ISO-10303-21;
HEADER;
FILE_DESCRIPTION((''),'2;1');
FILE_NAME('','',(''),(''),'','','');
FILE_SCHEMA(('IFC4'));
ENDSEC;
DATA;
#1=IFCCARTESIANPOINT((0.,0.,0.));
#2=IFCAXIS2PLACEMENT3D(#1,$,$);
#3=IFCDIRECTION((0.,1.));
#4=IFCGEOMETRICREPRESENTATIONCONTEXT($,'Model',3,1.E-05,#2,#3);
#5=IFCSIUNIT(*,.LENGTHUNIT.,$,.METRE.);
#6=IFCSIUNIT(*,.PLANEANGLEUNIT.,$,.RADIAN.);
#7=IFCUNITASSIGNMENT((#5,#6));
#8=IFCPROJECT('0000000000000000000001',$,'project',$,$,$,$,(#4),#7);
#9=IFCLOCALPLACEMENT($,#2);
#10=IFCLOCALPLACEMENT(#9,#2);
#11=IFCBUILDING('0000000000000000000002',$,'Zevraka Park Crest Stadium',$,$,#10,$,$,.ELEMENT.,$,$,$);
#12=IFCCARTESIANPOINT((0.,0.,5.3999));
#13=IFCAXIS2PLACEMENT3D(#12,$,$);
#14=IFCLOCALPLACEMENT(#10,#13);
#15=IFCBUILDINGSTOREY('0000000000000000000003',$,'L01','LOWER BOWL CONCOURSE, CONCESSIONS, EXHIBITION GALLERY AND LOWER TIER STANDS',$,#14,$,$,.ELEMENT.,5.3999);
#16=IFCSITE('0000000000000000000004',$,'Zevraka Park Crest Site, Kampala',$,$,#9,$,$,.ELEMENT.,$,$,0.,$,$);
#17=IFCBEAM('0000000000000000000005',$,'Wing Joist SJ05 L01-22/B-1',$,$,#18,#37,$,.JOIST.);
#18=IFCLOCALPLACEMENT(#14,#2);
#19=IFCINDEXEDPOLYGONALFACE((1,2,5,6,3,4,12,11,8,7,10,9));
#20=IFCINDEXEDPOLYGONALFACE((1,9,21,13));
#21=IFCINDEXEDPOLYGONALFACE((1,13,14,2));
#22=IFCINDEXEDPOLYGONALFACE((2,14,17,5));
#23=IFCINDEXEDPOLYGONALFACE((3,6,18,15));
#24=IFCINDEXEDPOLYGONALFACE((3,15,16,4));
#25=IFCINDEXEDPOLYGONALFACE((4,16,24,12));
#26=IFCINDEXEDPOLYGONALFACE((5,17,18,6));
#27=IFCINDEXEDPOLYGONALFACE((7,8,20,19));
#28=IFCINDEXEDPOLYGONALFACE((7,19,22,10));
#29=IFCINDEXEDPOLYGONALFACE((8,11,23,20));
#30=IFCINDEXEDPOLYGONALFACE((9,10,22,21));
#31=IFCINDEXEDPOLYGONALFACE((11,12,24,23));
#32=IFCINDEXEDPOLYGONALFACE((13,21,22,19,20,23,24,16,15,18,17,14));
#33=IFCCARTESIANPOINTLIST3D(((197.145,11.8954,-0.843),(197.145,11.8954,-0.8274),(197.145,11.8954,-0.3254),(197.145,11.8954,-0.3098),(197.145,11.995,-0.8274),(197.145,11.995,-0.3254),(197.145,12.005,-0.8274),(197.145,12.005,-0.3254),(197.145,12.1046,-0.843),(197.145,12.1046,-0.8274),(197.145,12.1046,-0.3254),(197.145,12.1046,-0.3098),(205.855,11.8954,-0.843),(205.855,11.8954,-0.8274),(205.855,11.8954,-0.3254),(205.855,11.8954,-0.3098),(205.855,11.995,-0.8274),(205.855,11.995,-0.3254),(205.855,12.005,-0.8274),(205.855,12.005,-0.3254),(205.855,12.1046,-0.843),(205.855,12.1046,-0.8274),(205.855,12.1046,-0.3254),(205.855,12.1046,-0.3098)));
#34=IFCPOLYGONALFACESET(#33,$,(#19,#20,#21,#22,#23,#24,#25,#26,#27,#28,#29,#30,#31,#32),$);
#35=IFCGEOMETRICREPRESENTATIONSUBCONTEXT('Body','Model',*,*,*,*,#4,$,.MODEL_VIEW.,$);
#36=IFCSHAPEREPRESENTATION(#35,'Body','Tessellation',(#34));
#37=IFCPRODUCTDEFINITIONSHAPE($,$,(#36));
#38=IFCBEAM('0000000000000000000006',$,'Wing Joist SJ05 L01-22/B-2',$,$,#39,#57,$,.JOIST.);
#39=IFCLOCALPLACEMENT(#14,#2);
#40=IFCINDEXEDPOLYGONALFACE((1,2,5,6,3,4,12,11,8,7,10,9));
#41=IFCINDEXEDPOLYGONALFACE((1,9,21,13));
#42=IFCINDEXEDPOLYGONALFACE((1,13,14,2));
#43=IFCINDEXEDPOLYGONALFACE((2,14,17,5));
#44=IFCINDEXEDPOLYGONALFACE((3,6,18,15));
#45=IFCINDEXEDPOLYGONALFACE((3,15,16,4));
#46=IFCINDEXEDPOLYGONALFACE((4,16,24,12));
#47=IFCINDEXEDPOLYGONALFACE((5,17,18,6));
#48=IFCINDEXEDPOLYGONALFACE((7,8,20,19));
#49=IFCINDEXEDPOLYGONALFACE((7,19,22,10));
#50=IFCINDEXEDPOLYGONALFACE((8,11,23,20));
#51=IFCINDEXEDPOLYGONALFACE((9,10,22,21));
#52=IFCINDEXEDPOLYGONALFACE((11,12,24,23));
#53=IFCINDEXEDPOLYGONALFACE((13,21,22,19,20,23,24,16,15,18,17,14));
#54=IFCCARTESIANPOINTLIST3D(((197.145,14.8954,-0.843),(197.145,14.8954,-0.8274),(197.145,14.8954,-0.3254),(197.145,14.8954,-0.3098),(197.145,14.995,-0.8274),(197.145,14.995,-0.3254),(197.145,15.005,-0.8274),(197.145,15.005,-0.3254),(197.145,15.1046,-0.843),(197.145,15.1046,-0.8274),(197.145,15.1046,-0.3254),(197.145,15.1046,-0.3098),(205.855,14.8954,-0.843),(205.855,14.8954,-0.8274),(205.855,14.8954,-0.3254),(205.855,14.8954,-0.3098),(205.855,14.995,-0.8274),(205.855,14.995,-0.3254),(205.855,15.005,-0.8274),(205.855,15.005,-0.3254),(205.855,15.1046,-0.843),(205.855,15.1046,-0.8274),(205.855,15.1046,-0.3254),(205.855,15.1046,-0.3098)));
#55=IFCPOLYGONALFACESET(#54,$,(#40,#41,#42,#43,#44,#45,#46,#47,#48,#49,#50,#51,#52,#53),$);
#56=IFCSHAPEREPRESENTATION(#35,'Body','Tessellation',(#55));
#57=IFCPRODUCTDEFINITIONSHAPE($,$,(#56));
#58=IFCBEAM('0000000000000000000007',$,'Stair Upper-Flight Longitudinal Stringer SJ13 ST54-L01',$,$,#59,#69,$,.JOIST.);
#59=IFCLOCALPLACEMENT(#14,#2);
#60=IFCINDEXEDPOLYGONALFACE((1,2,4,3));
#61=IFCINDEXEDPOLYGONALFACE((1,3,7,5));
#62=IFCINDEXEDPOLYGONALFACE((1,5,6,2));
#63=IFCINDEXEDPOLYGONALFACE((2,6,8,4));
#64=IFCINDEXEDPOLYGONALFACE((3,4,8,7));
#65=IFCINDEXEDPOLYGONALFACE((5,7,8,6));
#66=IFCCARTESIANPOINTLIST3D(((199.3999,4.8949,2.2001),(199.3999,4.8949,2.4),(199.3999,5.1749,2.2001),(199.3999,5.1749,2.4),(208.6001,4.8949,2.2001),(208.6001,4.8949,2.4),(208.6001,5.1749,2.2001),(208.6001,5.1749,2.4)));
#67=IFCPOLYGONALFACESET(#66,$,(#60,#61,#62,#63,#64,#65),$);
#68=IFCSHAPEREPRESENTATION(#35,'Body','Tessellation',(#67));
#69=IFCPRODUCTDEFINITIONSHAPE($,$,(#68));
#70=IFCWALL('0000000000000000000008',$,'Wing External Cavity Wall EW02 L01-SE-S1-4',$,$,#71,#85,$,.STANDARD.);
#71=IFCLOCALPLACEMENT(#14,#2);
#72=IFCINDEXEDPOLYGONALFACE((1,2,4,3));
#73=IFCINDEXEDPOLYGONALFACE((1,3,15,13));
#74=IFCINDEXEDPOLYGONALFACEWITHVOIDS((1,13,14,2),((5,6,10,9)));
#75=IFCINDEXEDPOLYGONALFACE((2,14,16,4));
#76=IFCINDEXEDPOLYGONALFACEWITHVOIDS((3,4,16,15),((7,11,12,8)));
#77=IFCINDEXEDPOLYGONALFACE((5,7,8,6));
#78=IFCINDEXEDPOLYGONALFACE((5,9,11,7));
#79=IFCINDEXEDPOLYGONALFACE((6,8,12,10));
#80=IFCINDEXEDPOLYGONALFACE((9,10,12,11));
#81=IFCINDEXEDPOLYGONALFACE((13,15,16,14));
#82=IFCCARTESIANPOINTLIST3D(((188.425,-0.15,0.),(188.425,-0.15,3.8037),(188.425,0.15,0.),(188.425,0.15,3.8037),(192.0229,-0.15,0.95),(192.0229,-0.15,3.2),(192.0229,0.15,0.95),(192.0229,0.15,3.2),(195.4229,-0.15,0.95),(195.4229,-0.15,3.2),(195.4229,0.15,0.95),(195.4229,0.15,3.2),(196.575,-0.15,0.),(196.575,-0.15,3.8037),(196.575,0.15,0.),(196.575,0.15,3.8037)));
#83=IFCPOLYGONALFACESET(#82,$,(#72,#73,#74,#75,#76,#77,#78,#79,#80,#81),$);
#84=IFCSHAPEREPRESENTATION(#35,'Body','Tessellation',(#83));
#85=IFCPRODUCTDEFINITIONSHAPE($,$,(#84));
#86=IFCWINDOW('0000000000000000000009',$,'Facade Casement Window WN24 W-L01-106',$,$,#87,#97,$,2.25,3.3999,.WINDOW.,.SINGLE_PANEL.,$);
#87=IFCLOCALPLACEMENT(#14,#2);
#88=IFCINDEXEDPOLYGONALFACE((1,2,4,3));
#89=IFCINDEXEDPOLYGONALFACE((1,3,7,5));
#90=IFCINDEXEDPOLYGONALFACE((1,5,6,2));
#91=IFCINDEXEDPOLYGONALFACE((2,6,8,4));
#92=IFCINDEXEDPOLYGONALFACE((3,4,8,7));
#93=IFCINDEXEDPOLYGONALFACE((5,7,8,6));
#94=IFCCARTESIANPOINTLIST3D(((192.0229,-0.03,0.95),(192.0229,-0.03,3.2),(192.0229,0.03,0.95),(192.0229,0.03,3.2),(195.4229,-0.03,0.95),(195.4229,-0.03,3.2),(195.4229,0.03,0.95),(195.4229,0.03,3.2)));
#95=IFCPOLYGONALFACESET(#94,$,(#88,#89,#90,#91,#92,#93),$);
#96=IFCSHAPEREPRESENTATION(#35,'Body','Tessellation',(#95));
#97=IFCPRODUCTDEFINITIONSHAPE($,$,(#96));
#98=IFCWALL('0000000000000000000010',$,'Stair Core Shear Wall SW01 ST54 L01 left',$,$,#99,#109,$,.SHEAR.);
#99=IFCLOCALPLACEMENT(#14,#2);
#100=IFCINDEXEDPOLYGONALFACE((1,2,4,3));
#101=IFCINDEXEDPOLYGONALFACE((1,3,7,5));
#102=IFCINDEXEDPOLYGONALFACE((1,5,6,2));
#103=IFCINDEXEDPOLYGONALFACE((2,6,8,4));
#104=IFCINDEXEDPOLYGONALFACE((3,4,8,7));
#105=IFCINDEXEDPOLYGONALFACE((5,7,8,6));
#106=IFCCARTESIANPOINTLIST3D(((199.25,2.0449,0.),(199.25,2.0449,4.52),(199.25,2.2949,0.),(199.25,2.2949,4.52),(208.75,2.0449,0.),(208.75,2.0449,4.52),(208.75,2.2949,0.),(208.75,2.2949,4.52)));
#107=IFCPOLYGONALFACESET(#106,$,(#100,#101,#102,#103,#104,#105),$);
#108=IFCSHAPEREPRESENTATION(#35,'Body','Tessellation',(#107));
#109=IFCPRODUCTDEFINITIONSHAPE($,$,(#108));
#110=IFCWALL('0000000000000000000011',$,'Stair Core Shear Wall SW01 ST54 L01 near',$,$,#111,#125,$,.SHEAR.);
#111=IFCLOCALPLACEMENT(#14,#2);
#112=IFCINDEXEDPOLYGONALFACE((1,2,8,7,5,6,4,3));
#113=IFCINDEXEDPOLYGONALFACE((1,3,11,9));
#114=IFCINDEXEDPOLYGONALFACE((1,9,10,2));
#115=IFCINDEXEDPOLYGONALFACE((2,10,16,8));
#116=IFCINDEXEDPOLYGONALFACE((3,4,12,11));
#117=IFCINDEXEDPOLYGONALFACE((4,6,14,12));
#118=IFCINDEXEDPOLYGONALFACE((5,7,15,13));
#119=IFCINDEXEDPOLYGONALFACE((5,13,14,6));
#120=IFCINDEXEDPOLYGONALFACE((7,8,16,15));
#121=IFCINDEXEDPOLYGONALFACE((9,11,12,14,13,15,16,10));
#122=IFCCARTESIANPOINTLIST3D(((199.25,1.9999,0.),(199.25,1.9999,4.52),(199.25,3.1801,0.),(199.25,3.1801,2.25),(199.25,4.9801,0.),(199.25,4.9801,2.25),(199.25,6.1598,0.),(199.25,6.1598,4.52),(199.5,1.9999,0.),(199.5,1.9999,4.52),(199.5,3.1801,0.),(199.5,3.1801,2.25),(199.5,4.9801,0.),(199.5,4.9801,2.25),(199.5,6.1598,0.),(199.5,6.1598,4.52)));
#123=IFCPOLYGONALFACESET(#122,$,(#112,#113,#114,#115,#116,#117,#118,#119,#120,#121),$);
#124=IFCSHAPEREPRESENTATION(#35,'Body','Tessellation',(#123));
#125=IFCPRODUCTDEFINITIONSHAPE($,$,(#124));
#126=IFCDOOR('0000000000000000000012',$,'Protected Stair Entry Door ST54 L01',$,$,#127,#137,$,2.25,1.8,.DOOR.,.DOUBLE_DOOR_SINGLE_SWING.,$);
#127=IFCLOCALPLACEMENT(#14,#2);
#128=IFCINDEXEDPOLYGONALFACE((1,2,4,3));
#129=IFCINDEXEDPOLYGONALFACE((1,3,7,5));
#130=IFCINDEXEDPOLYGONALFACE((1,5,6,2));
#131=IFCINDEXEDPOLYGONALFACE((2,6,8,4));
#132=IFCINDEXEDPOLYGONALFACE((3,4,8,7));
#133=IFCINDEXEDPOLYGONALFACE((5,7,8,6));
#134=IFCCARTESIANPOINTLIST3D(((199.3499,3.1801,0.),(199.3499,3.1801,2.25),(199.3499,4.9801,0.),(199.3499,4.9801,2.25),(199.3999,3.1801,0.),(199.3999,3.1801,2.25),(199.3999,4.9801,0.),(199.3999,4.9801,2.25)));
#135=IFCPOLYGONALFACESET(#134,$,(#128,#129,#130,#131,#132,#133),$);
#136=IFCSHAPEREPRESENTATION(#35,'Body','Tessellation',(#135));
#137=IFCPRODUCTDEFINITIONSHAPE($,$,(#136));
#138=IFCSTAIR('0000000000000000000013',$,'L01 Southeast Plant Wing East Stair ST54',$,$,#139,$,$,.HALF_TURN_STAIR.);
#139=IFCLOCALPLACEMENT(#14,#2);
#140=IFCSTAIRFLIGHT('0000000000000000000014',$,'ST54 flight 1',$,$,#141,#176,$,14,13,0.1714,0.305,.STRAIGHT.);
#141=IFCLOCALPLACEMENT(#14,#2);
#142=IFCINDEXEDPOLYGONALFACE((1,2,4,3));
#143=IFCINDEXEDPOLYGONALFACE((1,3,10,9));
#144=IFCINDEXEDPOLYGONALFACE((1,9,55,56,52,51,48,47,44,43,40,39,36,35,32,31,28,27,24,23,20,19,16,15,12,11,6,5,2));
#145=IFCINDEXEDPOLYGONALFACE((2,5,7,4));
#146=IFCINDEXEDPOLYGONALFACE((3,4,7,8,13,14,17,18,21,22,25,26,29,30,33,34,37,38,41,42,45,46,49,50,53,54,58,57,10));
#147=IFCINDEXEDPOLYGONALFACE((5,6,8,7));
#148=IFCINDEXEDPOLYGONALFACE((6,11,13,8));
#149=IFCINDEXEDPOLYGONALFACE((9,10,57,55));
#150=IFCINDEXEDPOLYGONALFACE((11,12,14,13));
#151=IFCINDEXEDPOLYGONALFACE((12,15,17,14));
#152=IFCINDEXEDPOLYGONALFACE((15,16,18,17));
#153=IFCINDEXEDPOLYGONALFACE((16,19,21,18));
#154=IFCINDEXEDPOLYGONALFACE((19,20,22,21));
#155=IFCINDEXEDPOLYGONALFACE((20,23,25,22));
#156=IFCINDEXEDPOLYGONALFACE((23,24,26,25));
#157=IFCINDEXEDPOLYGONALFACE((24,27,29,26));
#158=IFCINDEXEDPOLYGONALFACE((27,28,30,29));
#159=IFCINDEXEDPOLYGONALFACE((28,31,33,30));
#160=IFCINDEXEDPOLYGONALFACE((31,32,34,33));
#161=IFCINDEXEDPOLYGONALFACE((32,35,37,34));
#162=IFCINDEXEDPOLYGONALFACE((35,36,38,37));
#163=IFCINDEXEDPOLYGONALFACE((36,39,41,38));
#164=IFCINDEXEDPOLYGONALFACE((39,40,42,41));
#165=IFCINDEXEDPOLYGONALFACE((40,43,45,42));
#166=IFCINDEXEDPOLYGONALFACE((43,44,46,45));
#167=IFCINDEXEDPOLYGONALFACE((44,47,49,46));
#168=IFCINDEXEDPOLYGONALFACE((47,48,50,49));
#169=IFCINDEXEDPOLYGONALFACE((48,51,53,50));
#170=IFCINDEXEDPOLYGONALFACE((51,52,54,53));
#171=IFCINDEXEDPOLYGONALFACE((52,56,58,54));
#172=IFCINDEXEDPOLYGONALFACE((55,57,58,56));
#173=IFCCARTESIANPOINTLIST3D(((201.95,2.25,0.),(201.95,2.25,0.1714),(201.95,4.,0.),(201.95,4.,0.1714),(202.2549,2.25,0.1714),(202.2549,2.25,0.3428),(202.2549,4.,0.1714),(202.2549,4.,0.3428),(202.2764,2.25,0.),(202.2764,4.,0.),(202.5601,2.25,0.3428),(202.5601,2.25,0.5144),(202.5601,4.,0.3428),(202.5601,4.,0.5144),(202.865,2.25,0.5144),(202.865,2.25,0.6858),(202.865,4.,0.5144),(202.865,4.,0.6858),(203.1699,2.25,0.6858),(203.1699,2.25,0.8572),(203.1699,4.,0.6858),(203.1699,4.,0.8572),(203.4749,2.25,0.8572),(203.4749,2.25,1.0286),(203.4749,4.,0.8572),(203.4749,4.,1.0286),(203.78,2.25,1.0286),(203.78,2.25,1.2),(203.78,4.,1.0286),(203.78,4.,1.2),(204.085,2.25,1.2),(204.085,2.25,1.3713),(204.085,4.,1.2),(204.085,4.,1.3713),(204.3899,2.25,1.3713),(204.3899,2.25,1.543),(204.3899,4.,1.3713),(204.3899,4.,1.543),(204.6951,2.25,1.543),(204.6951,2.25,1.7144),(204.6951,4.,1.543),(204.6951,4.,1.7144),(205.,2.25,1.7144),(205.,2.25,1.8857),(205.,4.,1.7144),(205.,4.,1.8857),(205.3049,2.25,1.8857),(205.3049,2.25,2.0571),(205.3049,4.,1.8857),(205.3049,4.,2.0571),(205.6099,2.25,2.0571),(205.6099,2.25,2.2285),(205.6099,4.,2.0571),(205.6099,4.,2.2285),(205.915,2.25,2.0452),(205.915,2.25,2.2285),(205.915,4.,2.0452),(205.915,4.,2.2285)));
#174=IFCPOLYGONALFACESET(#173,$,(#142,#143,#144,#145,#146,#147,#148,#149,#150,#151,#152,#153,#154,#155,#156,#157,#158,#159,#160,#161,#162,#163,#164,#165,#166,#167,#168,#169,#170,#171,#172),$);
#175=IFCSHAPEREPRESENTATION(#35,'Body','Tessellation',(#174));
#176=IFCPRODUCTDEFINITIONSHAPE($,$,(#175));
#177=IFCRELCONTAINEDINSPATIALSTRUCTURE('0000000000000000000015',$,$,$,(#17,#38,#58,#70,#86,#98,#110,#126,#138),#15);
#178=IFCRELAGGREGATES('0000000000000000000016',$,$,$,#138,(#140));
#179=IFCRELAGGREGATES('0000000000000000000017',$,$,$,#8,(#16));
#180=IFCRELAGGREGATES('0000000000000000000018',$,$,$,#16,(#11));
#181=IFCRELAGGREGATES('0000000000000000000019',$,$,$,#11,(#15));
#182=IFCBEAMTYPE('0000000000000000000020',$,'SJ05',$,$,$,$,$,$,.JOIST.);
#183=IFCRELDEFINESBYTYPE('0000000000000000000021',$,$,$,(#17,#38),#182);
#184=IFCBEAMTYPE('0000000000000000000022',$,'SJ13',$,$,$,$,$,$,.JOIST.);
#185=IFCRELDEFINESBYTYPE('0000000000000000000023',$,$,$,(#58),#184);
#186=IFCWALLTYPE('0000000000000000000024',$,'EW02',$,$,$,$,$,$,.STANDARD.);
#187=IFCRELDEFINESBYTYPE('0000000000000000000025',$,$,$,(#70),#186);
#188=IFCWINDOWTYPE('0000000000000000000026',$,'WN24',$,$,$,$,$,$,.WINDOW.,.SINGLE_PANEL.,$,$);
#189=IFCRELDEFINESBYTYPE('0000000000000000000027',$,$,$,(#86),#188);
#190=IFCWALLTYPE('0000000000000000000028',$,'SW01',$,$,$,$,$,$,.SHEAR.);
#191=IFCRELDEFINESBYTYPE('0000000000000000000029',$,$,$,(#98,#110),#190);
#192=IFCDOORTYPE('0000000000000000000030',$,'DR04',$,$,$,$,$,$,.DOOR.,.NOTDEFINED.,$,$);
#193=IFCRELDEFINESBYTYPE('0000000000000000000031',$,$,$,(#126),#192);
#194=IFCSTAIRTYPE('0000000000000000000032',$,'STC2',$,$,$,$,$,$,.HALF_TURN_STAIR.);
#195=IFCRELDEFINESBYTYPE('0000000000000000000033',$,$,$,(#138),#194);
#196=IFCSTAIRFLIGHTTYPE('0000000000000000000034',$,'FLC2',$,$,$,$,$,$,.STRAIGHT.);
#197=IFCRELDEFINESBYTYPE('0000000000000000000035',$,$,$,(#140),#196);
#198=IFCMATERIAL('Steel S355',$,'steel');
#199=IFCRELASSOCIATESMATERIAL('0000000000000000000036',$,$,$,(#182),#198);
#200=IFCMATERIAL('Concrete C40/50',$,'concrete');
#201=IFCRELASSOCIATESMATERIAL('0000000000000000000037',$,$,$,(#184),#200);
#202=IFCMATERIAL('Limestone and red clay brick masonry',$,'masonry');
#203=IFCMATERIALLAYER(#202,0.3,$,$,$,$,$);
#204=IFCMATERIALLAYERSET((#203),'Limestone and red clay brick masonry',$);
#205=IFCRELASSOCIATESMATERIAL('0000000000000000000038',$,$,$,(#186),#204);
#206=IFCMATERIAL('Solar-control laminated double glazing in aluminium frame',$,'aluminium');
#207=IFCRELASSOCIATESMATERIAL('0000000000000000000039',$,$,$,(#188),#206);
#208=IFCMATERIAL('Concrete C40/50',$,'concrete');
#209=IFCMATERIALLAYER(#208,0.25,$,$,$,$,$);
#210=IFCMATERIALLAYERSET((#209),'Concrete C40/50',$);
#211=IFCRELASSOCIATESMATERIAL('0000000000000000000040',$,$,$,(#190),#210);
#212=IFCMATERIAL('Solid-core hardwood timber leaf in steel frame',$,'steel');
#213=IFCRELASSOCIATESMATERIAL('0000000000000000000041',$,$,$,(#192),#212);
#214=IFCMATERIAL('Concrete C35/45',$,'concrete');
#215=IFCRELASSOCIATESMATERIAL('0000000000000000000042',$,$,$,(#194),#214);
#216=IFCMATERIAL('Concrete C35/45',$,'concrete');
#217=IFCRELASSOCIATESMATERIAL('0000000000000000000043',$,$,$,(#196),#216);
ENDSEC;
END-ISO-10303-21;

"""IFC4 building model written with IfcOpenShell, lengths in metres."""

from ifc_helpers import new_model, si_unit, direction, frame, frame_2d, origin, origin_2d, place, context, subcontext, project, spatial, polyline, rectangle, i_section, outline, extrude, material, layer, layer_set, material_profile, profile_set, type_object, element, fill, aggregate, save


model = new_model("IFC4")

# Units and contexts
model_context = context("Model", 3, precision=1e-05, world=origin(), true_north=direction((0.0, 1.0)))
body_context = subcontext(model_context, "Body", "Model", "MODEL_VIEW")
ifc_project = project(units=[si_unit("LENGTHUNIT", "METRE"), si_unit("PLANEANGLEUNIT", "RADIAN")], contexts=[model_context])

# Site, building, storey
site_placement = place(None, origin())
site = spatial("IfcSite", under=ifc_project, at=site_placement, Name="Zevraka Park Crest Site, Kampala", CompositionType="ELEMENT", RefElevation=0.0)
building_placement = place(site_placement, origin())
building = spatial("IfcBuilding", under=site, at=building_placement, Name="Zevraka Park Crest Stadium", CompositionType="ELEMENT")
storey_placement = place(building_placement, frame((0.0, 0.0, 5.3999)))
storey = spatial("IfcBuildingStorey", under=building, at=storey_placement, Name="L01", Description="LOWER BOWL CONCOURSE, CONCESSIONS, EXHIBITION GALLERY AND LOWER TIER STANDS", CompositionType="ELEMENT", Elevation=5.3999)

# Beams
ifc_material_1 = material(Name="Steel S355", Category="steel")
ifc_material_profile_1 = material_profile(ifc_material_1, i_section(OverallWidth=0.2092, OverallDepth=0.5332, WebThickness=0.01, FlangeThickness=0.0156, at=origin_2d()), Name="UKB 533x210x92")
ifc_profile_set_1 = profile_set([ifc_material_profile_1], Name="Steel S355")
beam_type_1 = type_object("IfcBeamType", Name="SJ05", PredefinedType="JOIST", material=ifc_profile_set_1)
for number, where, z_axis, x_axis, name in (
    (1, (197.145, 12.0, -0.5764), (1.0, 0.0, 0.0), (0.0, 1.0, 0.0), "Wing Joist SJ05 L01-22/B-1"),
    (2, (197.145, 15.0, -0.5764), (1.0, 0.0, 0.0), (0.0, 1.0, 0.0), "Wing Joist SJ05 L01-22/B-2"),
):
    element("IfcBeam", number, at=place(storey_placement, frame(where, z_axis=z_axis, x_axis=x_axis)), inside=storey, type_object=beam_type_1, Name=name, PredefinedType="JOIST", context=body_context, shape_type="SweptSolid", body=[
        extrude(i_section(OverallWidth=0.2092, OverallDepth=0.5332, WebThickness=0.01, FlangeThickness=0.0156, at=origin_2d()), origin(), (0.0, 0.0, 1.0), 8.71),
    ])
ifc_material_2 = material(Name="Concrete C40/50", Category="concrete")
ifc_material_profile_2 = material_profile(ifc_material_2, rectangle(XDim=0.28, YDim=0.2, at=origin_2d()), Name="RC 200x280")
ifc_profile_set_2 = profile_set([ifc_material_profile_2], Name="Concrete C40/50")
beam_type_2 = type_object("IfcBeamType", Name="SJ13", PredefinedType="JOIST", material=ifc_profile_set_2)
beam_placement = place(storey_placement, frame((199.3999, 5.0349, 2.3), z_axis=(1.0, 0.0, 0.0), x_axis=(0.0, 1.0, 0.0)))
element("IfcBeam", 3, at=beam_placement, inside=storey, type_object=beam_type_2, Name="Stair Upper-Flight Longitudinal Stringer SJ13 ST54-L01", PredefinedType="JOIST", context=body_context, shape_type="SweptSolid", body=[
    extrude(rectangle(XDim=0.28, YDim=0.2, at=origin_2d()), origin(), (0.0, 0.0, 1.0), 9.2002),
])

# Wall, opening, window
ifc_material_3 = material(Name="Limestone and red clay brick masonry", Category="masonry")
ifc_layer_1 = layer(ifc_material_3, 0.3)
ifc_layer_set_1 = layer_set([ifc_layer_1], Name="Limestone and red clay brick masonry")
wall_type_1 = type_object("IfcWallType", Name="EW02", PredefinedType="STANDARD", material=ifc_layer_set_1)
wall_1_placement = place(storey_placement, frame((196.575, 0.0, 0.0), z_axis=(0.0, 0.0, 1.0), x_axis=(-1.0, 0.0, 0.0)))
wall_1 = element("IfcWall", 4, at=wall_1_placement, inside=storey, type_object=wall_type_1, Name="Wing External Cavity Wall EW02 L01-SE-S1-4", PredefinedType="STANDARD", context=body_context, shape_type="SweptSolid", body=[
    extrude(rectangle(XDim=8.1499, YDim=0.3, at=frame_2d((4.075, 0.0))), origin(), (0.0, 0.0, 1.0), 3.8037),
])
opening_1_placement = place(wall_1_placement, frame((1.1521, 0.0, 0.95)))
opening_1 = element("IfcOpeningElement", 5, at=opening_1_placement, cuts=wall_1, PredefinedType="OPENING", context=body_context, shape_type="SweptSolid", body=[
    extrude(rectangle(XDim=3.3999, YDim=2.25, at=frame_2d((1.7, 1.125))), frame((0.0, 0.1599, 0.0), z_axis=(0.0, -1.0, 0.0), x_axis=(1.0, 0.0, 0.0)), (0.0, 0.0, 1.0), 0.3201),
])
ifc_material_4 = material(Name="Solar-control laminated double glazing in aluminium frame", Category="aluminium")
window_type = type_object("IfcWindowType", Name="WN24", PartitioningType="SINGLE_PANEL", PredefinedType="WINDOW", material=ifc_material_4)
window_placement = place(opening_1_placement, origin())
window = element("IfcWindow", 6, at=window_placement, inside=storey, type_object=window_type, Name="Facade Casement Window WN24 W-L01-106", OverallHeight=2.25, OverallWidth=3.3999, PartitioningType="SINGLE_PANEL", PredefinedType="WINDOW", context=body_context, shape_type="SweptSolid", body=[
    extrude(rectangle(XDim=3.3999, YDim=2.25, at=frame_2d((1.7, 1.125))), frame((0.0, 0.03, 0.0), z_axis=(0.0, -1.0, 0.0), x_axis=(1.0, 0.0, 0.0)), (0.0, 0.0, 1.0), 0.0601),
])
fill(opening_1, window)

# Wall
ifc_material_5 = material(Name="Concrete C40/50", Category="concrete")
ifc_layer_2 = layer(ifc_material_5, 0.25)
ifc_layer_set_2 = layer_set([ifc_layer_2], Name="Concrete C40/50")
wall_type_2 = type_object("IfcWallType", Name="SW01", PredefinedType="SHEAR", material=ifc_layer_set_2)
wall_2_placement = place(storey_placement, frame((199.25, 2.1699, 0.0), z_axis=(0.0, 0.0, 1.0), x_axis=(1.0, 0.0, 0.0)))
element("IfcWall", 7, at=wall_2_placement, inside=storey, type_object=wall_type_2, Name="Stair Core Shear Wall SW01 ST54 L01 left", PredefinedType="SHEAR", context=body_context, shape_type="SweptSolid", body=[
    extrude(rectangle(XDim=9.5, YDim=0.25, at=frame_2d((4.75, 0.0))), origin(), (0.0, 0.0, 1.0), 4.52),
])

# Wall, opening, door
wall_3_placement = place(storey_placement, frame((199.375, 6.1599, 0.0), z_axis=(0.0, 0.0, 1.0), x_axis=(0.0, -1.0, 0.0)))
wall_3 = element("IfcWall", 8, at=wall_3_placement, inside=storey, type_object=wall_type_2, Name="Stair Core Shear Wall SW01 ST54 L01 near", PredefinedType="SHEAR", context=body_context, shape_type="SweptSolid", body=[
    extrude(rectangle(XDim=4.1599, YDim=0.25, at=frame_2d((2.0801, 0.0))), origin(), (0.0, 0.0, 1.0), 4.52),
])
opening_2_placement = place(wall_3_placement, frame((1.1799, 0.0, 0.0)))
opening_2 = element("IfcOpeningElement", 9, at=opening_2_placement, cuts=wall_3, PredefinedType="OPENING", context=body_context, shape_type="SweptSolid", body=[
    extrude(rectangle(XDim=1.8, YDim=2.25, at=frame_2d((0.8999, 1.125))), frame((0.0, 0.135, 0.0), z_axis=(0.0, -1.0, 0.0), x_axis=(1.0, 0.0, 0.0)), (0.0, 0.0, 1.0), 0.27),
])
ifc_material_6 = material(Name="Solid-core hardwood timber leaf in steel frame", Category="steel")
door_type = type_object("IfcDoorType", Name="DR04", OperationType="NOTDEFINED", PredefinedType="DOOR", material=ifc_material_6)
door_placement = place(opening_2_placement, origin())
door = element("IfcDoor", 10, at=door_placement, inside=storey, type_object=door_type, Name="Protected Stair Entry Door ST54 L01", OperationType="DOUBLE_DOOR_SINGLE_SWING", OverallHeight=2.25, OverallWidth=1.8, PredefinedType="DOOR", context=body_context, shape_type="SweptSolid", body=[
    extrude(rectangle(XDim=1.8, YDim=2.25, at=frame_2d((0.8999, 1.125))), frame((0.0, 0.0249, 0.0), z_axis=(0.0, -1.0, 0.0), x_axis=(1.0, 0.0, 0.0)), (0.0, 0.0, 1.0), 0.05),
])
fill(opening_2, door)

# Stair, stair flight
ifc_material_7 = material(Name="Concrete C35/45", Category="concrete")
stair_type = type_object("IfcStairType", Name="STC2", PredefinedType="HALF_TURN_STAIR", material=ifc_material_7)
stair_placement = place(storey_placement, origin())
stair = element("IfcStair", 11, at=stair_placement, inside=storey, type_object=stair_type, Name="L01 Southeast Plant Wing East Stair ST54", PredefinedType="HALF_TURN_STAIR")
ifc_material_8 = material(Name="Concrete C35/45", Category="concrete")
stair_flight_type = type_object("IfcStairFlightType", Name="FLC2", PredefinedType="STRAIGHT", material=ifc_material_8)
stair_flight_placement = place(storey_placement, frame((201.95, 3.125, 0.0), z_axis=(0.0, 0.0, 1.0), x_axis=(1.0, 0.0, 0.0)))
stair_flight = element("IfcStairFlight", 12, at=stair_flight_placement, type_object=stair_flight_type, Name="ST54 flight 1", NumberOfRisers=14, NumberOfTreads=13, PredefinedType="STRAIGHT", RiserHeight=0.1714, TreadLength=0.305, context=body_context, shape_type="SweptSolid", body=[
    extrude(outline(polyline([(0.0, 0.0), (0.0, 0.1714), (0.3049, 0.1714), (0.3049, 0.3428), (0.6101, 0.3428), (0.6101, 0.5144), (0.915, 0.5144), (0.915, 0.6858), (1.22, 0.6858), (1.22, 0.8572), (1.5249, 0.8572), (1.5249, 1.0286), (1.8301, 1.0286), (1.8301, 1.2), (2.135, 1.2), (2.135, 1.3713), (2.4399, 1.3713), (2.4399, 1.543), (2.7451, 1.543), (2.7451, 1.7144), (3.05, 1.7144), (3.05, 1.8857), (3.355, 1.8857), (3.355, 2.0571), (3.6599, 2.0571), (3.6599, 2.2285), (3.9651, 2.2285), (3.9651, 2.3999), (3.9651, 2.0452), (0.3264, 0.0), (0.0, 0.0)])), frame((0.0, 0.875, 0.0), z_axis=(0.0, -1.0, 0.0), x_axis=(1.0, 0.0, 0.0)), (0.0, 0.0, 1.0), 1.75),
])
aggregate(stair, [stair_flight])

save(model, "model.ifc")
